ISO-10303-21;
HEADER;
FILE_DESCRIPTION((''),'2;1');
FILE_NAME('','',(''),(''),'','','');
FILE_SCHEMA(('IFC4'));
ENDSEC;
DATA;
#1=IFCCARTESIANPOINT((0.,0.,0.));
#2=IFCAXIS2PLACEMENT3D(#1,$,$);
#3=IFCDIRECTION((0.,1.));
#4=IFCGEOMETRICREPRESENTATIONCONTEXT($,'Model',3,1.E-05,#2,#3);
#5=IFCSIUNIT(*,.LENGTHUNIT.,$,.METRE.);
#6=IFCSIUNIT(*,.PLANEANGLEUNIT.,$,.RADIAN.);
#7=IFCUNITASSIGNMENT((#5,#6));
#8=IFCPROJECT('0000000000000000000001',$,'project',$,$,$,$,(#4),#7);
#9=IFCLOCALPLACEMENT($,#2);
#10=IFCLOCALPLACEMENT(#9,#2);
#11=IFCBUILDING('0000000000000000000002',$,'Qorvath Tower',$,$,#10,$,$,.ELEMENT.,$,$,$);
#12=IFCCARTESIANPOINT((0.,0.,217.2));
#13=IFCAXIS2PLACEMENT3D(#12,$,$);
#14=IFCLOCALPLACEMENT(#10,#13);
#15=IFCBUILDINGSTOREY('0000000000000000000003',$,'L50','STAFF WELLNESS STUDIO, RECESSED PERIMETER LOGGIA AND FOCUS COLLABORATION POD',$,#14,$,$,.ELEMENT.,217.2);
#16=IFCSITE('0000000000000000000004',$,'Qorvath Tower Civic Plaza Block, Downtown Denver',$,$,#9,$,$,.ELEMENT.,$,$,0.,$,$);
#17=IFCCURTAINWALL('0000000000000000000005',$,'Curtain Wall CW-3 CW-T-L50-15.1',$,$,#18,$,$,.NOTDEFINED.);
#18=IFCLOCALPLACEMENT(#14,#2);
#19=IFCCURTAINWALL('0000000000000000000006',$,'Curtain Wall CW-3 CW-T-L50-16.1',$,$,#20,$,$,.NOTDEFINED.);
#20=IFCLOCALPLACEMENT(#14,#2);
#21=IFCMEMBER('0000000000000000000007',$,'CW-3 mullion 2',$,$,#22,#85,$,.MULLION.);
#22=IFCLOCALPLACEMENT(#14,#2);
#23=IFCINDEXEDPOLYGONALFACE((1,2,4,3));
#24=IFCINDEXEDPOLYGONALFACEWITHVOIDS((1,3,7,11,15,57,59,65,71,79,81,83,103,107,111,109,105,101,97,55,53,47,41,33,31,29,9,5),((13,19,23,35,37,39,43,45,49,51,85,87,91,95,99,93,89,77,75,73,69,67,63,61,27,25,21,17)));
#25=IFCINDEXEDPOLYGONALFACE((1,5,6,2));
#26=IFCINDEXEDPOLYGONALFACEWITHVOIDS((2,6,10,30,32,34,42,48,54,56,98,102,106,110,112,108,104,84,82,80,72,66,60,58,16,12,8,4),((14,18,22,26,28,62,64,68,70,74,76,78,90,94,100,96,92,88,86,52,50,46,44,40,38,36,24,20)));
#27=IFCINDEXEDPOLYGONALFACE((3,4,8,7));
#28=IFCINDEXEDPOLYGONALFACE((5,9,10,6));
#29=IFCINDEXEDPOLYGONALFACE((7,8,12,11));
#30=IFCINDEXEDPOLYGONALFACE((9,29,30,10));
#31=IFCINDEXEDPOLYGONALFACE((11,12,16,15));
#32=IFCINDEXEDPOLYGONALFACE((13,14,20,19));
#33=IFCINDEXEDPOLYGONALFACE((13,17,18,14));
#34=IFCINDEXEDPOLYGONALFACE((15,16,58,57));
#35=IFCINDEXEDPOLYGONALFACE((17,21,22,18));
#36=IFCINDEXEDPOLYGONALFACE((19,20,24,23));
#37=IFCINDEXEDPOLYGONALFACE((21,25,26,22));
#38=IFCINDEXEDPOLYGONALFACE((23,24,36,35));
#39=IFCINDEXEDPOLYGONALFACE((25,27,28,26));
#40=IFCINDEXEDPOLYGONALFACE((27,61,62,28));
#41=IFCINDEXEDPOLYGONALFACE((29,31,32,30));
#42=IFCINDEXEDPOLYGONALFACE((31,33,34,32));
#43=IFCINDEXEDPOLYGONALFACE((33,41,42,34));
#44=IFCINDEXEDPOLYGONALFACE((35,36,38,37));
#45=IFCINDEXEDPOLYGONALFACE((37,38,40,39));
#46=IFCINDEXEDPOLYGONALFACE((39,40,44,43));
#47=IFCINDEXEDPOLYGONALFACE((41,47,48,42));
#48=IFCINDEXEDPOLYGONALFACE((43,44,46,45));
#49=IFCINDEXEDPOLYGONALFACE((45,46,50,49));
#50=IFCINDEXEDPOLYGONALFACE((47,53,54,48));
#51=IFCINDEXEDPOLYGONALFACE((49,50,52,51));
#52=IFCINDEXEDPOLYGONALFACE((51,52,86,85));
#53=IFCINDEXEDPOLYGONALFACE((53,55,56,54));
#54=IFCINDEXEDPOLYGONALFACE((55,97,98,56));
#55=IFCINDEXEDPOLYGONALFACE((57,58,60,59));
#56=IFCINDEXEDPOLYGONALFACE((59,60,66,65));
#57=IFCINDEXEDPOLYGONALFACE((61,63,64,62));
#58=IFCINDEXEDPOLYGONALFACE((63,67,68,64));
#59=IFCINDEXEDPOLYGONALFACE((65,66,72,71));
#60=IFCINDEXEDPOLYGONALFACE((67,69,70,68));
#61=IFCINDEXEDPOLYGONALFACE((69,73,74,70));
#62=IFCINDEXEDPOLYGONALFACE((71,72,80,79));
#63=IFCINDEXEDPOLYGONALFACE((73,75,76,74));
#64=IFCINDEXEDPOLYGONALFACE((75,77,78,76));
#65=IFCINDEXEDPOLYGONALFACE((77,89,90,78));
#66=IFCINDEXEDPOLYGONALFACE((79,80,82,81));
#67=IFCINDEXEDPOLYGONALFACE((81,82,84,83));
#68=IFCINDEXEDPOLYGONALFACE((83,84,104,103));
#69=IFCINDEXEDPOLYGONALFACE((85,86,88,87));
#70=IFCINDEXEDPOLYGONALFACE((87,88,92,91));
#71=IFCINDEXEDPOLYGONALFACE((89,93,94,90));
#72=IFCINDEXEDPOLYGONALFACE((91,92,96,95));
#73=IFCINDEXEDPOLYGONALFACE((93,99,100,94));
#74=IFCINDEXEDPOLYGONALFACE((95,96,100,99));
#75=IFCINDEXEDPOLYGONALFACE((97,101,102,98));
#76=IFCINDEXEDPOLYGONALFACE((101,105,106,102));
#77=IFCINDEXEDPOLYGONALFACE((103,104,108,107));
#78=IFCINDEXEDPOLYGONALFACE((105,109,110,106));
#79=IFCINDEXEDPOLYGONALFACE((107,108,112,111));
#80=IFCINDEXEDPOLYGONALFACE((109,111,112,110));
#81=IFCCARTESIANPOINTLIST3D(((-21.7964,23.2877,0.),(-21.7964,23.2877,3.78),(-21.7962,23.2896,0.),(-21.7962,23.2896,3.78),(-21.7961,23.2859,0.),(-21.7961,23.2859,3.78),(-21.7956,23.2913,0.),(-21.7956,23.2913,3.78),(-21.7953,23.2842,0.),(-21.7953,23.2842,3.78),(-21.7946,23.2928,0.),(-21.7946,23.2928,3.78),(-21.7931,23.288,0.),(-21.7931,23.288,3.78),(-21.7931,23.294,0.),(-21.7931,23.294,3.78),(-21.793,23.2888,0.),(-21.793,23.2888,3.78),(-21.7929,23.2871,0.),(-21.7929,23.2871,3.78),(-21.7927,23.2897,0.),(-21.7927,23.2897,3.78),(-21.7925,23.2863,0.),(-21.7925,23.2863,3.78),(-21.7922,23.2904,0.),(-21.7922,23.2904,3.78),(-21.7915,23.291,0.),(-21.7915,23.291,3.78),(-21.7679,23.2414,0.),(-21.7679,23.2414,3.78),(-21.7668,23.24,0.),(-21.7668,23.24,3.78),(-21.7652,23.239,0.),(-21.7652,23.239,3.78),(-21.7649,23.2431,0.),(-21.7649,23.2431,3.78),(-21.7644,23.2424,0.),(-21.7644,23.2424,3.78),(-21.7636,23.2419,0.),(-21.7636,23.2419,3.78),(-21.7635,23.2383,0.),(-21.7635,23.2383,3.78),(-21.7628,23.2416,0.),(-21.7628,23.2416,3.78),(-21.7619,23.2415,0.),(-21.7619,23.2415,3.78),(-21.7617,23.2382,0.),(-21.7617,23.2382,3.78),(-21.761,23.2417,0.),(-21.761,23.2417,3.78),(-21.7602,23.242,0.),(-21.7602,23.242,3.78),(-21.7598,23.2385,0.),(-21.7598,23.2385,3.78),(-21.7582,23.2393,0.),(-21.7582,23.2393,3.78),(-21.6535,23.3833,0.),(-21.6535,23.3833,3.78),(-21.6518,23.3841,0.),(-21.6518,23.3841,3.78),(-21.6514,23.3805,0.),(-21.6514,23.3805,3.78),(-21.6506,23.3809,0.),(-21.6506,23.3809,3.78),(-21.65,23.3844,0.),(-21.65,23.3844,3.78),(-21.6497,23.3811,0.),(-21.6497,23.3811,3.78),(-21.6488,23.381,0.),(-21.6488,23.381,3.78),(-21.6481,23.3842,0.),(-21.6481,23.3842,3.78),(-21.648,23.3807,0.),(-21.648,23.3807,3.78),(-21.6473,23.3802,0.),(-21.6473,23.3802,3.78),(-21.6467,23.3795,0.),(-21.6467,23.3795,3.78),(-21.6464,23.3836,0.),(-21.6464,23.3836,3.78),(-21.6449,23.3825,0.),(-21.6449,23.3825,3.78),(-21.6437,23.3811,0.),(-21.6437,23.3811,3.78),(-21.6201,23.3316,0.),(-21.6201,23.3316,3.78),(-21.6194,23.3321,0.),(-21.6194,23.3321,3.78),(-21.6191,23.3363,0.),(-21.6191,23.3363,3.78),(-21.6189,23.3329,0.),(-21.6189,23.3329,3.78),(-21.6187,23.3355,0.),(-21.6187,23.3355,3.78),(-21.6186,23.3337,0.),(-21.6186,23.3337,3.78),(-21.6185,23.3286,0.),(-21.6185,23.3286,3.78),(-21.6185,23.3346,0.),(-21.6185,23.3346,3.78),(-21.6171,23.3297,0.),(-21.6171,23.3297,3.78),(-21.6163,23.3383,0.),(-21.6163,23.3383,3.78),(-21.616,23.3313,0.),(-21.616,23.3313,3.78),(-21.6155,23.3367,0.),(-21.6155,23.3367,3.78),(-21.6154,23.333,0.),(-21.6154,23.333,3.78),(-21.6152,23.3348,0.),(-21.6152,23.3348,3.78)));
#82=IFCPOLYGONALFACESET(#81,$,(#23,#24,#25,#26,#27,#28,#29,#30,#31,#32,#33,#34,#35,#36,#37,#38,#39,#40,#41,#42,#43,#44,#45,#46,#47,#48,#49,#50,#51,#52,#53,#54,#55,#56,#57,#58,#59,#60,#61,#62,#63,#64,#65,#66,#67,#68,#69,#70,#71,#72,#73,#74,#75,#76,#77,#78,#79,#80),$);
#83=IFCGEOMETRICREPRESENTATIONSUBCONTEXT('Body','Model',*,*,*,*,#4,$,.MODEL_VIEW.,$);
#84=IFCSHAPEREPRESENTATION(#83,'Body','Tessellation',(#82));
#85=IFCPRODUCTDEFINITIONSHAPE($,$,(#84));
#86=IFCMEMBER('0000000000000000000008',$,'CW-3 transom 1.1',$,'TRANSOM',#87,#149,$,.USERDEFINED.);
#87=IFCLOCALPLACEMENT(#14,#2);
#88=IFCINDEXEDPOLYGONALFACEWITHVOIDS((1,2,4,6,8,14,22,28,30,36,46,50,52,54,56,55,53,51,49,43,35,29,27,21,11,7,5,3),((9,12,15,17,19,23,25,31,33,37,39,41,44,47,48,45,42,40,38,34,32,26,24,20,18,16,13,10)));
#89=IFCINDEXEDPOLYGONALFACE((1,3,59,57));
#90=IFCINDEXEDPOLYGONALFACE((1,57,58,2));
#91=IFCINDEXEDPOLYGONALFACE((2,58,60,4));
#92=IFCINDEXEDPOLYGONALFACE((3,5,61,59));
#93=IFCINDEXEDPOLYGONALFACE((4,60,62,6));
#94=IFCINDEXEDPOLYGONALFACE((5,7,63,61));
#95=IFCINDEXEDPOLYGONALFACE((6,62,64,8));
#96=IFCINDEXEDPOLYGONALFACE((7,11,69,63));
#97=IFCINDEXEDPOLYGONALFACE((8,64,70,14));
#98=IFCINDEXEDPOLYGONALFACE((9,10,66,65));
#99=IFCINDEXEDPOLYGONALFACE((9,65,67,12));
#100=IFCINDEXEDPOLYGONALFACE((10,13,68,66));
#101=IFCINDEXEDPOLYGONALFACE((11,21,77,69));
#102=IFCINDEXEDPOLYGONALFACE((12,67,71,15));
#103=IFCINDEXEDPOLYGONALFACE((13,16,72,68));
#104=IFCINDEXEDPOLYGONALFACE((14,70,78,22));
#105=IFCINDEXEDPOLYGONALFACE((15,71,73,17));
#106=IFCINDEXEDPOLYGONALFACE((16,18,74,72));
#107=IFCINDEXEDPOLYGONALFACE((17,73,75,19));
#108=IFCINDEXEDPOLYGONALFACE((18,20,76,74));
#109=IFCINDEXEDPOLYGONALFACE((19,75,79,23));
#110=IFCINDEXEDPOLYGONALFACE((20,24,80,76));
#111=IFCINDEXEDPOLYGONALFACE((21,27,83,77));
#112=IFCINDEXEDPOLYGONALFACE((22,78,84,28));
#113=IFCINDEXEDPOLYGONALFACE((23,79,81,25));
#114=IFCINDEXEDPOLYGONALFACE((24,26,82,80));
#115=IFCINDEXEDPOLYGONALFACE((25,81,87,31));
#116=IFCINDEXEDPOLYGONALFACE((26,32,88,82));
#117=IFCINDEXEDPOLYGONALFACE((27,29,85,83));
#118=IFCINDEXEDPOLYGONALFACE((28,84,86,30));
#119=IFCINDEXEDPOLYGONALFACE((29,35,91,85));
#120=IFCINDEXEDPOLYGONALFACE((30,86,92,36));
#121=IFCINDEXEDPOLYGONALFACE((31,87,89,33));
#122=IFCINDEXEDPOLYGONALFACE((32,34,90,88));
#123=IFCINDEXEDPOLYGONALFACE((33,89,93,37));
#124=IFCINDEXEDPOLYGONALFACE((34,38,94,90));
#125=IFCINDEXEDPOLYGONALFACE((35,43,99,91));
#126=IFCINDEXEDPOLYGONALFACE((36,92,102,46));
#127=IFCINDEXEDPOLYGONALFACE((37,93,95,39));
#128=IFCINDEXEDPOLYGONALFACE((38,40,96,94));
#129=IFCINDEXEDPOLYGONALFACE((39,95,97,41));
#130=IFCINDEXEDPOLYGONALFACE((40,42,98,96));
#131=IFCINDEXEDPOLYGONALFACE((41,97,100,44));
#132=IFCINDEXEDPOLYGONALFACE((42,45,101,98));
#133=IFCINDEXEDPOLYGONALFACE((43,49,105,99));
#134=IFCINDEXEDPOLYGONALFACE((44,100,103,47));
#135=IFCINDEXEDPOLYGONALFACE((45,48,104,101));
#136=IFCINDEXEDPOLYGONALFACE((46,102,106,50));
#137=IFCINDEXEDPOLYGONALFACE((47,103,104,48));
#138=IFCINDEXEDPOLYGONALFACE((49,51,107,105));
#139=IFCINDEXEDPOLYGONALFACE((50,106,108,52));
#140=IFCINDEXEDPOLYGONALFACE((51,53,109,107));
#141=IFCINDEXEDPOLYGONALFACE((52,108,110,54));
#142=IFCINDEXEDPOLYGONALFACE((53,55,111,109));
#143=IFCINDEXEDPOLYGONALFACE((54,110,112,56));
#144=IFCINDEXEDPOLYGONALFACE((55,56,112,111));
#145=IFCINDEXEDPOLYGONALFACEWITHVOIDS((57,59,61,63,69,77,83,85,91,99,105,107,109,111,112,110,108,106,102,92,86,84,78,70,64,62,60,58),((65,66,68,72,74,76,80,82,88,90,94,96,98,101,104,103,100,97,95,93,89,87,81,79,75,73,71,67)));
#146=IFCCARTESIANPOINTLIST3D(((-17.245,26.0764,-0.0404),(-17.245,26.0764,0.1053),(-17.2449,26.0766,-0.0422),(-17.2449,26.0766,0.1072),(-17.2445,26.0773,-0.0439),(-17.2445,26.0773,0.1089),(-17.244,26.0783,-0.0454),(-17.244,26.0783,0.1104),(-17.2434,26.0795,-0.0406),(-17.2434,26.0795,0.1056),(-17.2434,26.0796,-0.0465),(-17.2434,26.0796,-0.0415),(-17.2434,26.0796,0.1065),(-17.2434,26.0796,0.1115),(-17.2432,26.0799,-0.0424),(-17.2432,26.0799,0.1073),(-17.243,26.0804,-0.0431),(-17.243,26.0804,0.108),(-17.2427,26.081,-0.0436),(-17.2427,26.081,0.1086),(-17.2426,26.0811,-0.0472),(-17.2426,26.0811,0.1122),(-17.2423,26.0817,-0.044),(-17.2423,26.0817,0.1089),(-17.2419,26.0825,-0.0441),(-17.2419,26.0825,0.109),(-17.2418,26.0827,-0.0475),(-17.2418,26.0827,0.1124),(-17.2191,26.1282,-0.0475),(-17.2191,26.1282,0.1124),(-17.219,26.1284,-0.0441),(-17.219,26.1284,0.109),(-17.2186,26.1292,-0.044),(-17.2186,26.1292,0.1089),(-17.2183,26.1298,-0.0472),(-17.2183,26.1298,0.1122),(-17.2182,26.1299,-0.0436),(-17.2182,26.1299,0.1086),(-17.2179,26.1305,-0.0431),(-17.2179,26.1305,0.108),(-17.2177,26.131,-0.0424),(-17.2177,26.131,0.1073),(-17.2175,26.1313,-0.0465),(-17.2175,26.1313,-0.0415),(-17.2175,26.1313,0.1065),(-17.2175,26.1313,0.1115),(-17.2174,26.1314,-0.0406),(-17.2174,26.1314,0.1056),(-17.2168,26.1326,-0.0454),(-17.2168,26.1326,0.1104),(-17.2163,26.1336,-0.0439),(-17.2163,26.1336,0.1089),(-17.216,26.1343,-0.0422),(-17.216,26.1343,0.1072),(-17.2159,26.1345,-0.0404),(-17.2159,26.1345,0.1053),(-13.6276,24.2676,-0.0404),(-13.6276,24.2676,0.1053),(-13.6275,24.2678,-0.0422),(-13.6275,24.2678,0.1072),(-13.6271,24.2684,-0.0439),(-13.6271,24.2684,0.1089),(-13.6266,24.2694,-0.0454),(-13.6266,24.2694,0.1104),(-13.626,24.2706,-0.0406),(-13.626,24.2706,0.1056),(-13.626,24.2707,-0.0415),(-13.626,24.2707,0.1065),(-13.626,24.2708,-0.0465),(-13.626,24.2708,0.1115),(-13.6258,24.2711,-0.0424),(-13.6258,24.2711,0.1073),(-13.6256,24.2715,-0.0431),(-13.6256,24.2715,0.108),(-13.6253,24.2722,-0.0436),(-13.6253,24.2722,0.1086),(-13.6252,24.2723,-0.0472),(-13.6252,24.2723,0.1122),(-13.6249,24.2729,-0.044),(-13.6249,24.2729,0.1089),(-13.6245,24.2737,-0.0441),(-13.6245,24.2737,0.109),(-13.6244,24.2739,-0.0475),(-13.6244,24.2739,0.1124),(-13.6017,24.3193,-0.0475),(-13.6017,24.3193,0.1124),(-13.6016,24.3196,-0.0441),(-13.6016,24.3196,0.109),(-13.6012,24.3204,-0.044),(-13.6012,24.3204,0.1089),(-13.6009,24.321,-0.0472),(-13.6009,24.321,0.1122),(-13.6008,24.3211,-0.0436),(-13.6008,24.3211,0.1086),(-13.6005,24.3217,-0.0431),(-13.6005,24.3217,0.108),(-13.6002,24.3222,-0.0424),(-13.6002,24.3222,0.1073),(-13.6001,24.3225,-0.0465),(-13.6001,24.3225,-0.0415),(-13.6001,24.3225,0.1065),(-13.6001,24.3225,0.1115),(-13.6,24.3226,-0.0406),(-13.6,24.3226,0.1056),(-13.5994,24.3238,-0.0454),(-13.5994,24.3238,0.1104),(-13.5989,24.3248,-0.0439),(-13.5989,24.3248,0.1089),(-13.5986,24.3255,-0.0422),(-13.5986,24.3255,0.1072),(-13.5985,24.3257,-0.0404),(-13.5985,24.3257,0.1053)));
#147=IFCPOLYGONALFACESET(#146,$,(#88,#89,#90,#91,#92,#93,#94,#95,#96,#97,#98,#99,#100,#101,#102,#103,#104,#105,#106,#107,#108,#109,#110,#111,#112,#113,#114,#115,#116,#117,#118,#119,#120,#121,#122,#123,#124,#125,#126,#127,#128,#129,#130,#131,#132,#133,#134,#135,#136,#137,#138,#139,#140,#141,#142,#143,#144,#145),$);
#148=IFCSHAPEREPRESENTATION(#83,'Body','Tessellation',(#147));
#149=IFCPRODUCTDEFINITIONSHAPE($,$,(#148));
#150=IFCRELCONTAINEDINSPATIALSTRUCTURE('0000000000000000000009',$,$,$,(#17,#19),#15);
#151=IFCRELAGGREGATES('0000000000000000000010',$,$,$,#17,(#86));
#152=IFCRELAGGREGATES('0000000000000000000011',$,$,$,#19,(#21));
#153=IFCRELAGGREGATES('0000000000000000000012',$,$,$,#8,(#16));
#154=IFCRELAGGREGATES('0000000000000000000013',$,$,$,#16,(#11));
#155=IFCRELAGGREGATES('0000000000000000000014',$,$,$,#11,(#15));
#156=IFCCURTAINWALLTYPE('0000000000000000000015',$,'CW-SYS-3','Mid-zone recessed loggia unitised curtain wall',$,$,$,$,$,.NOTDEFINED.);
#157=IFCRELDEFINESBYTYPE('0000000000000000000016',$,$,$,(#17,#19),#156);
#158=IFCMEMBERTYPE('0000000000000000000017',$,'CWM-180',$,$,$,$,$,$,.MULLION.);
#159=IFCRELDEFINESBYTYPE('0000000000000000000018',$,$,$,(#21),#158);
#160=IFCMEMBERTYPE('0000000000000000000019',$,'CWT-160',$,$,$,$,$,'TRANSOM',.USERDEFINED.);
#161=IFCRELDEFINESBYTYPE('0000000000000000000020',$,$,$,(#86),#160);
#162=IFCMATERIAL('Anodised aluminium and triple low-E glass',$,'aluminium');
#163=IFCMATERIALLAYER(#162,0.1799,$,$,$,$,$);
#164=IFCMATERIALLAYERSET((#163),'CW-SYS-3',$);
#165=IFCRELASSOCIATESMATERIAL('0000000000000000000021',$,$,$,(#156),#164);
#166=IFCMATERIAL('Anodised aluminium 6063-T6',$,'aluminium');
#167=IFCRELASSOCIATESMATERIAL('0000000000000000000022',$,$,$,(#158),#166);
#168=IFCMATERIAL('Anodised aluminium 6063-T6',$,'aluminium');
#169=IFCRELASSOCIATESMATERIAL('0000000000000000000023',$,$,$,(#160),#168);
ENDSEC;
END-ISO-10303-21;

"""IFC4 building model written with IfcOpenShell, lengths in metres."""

from ifc_helpers import new_model, si_unit, direction, frame, origin, origin_2d, place, context, subcontext, project, spatial, hollow_rectangle, extrude, material, layer, layer_set, material_profile, profile_set, type_object, element, aggregate, save


model = new_model("IFC4")

# Units and contexts
model_context = context("Model", 3, precision=1e-05, world=origin(), true_north=direction((0.0, 1.0)))
body_context = subcontext(model_context, "Body", "Model", "MODEL_VIEW")
ifc_project = project(units=[si_unit("LENGTHUNIT", "METRE"), si_unit("PLANEANGLEUNIT", "RADIAN")], contexts=[model_context])

# Site, building, storey
site_placement = place(None, origin())
site = spatial("IfcSite", under=ifc_project, at=site_placement, Name="Qorvath Tower Civic Plaza Block, Downtown Denver", CompositionType="ELEMENT", RefElevation=0.0)
building_placement = place(site_placement, origin())
building = spatial("IfcBuilding", under=site, at=building_placement, Name="Qorvath Tower", CompositionType="ELEMENT")
storey_placement = place(building_placement, frame((0.0, 0.0, 217.2)))
storey = spatial("IfcBuildingStorey", under=building, at=storey_placement, Name="L50", Description="STAFF WELLNESS STUDIO, RECESSED PERIMETER LOGGIA AND FOCUS COLLABORATION POD", CompositionType="ELEMENT", Elevation=217.2)

# Curtain wall
ifc_material_1 = material(Name="Anodised aluminium and triple low-E glass", Category="aluminium")
ifc_layer_1 = layer(ifc_material_1, 0.1799)
ifc_layer_set_1 = layer_set([ifc_layer_1], Name="CW-SYS-3")
curtain_wall_type = type_object("IfcCurtainWallType", Name="CW-SYS-3", Description="Mid-zone recessed loggia unitised curtain wall", PredefinedType="NOTDEFINED", material=ifc_layer_set_1)
curtain_wall_1_placement = place(storey_placement, origin())
curtain_wall_1 = element("IfcCurtainWall", 1, at=curtain_wall_1_placement, inside=storey, type_object=curtain_wall_type, Name="Curtain Wall CW-3 CW-T-L50-15.1", PredefinedType="NOTDEFINED")
ifc_material_2 = material(Name="Anodised aluminium 6063-T6", Category="aluminium")
ifc_material_profile_1 = material_profile(ifc_material_2, hollow_rectangle(XDim=0.0649, YDim=0.1799, WallThickness=0.0034, InnerFilletRadius=0.0034, OuterFilletRadius=0.0071, at=origin_2d()), Name="CWM 180x65")
ifc_profile_set_1 = profile_set([ifc_material_profile_1], Name="Anodised aluminium 6063-T6")
member_type_1 = type_object("IfcMemberType", Name="CWM-180", PredefinedType="MULLION", material=ifc_profile_set_1)

# Curtain wall, member
curtain_wall_2_placement = place(storey_placement, origin())
curtain_wall_2 = element("IfcCurtainWall", 2, at=curtain_wall_2_placement, inside=storey, type_object=curtain_wall_type, Name="Curtain Wall CW-3 CW-T-L50-16.1", PredefinedType="NOTDEFINED")
member_1_placement = place(storey_placement, frame((-21.7058, 23.3113, 0.0), z_axis=(0.0, 0.0, 1.0), x_axis=(0.538535, -0.842603, 0.0)))
member_1 = element("IfcMember", 3, at=member_1_placement, type_object=member_type_1, Name="CW-3 mullion 2", PredefinedType="MULLION", context=body_context, shape_type="SweptSolid", body=[
    extrude(hollow_rectangle(XDim=0.0649, YDim=0.1799, WallThickness=0.0034, InnerFilletRadius=0.0034, OuterFilletRadius=0.0071, at=origin_2d()), origin(), (0.0, 0.0, 1.0), 3.78),
])

# Member
ifc_material_3 = material(Name="Anodised aluminium 6063-T6", Category="aluminium")
ifc_material_profile_2 = material_profile(ifc_material_3, hollow_rectangle(XDim=0.0649, YDim=0.1599, WallThickness=0.0034, InnerFilletRadius=0.0034, OuterFilletRadius=0.0071, at=origin_2d()), Name="CWT 160x65")
ifc_profile_set_2 = profile_set([ifc_material_profile_2], Name="Anodised aluminium 6063-T6")
member_type_2 = type_object("IfcMemberType", Name="CWT-160", ElementType="TRANSOM", PredefinedType="USERDEFINED", material=ifc_profile_set_2)
member_2_placement = place(storey_placement, frame((-13.613, 24.2966, 0.0325), z_axis=(-0.894415, 0.447238, 0.0), x_axis=(-0.447238, -0.894415, 0.0)))
member_2 = element("IfcMember", 4, at=member_2_placement, type_object=member_type_2, Name="CW-3 transom 1.1", ObjectType="TRANSOM", PredefinedType="USERDEFINED", context=body_context, shape_type="SweptSolid", body=[
    extrude(hollow_rectangle(XDim=0.0649, YDim=0.1599, WallThickness=0.0034, InnerFilletRadius=0.0034, OuterFilletRadius=0.0071, at=origin_2d()), origin(), (0.0, 0.0, 1.0), 4.0444),
])

aggregate(curtain_wall_1, [member_2])
aggregate(curtain_wall_2, [member_1])

save(model, "model.ifc")
